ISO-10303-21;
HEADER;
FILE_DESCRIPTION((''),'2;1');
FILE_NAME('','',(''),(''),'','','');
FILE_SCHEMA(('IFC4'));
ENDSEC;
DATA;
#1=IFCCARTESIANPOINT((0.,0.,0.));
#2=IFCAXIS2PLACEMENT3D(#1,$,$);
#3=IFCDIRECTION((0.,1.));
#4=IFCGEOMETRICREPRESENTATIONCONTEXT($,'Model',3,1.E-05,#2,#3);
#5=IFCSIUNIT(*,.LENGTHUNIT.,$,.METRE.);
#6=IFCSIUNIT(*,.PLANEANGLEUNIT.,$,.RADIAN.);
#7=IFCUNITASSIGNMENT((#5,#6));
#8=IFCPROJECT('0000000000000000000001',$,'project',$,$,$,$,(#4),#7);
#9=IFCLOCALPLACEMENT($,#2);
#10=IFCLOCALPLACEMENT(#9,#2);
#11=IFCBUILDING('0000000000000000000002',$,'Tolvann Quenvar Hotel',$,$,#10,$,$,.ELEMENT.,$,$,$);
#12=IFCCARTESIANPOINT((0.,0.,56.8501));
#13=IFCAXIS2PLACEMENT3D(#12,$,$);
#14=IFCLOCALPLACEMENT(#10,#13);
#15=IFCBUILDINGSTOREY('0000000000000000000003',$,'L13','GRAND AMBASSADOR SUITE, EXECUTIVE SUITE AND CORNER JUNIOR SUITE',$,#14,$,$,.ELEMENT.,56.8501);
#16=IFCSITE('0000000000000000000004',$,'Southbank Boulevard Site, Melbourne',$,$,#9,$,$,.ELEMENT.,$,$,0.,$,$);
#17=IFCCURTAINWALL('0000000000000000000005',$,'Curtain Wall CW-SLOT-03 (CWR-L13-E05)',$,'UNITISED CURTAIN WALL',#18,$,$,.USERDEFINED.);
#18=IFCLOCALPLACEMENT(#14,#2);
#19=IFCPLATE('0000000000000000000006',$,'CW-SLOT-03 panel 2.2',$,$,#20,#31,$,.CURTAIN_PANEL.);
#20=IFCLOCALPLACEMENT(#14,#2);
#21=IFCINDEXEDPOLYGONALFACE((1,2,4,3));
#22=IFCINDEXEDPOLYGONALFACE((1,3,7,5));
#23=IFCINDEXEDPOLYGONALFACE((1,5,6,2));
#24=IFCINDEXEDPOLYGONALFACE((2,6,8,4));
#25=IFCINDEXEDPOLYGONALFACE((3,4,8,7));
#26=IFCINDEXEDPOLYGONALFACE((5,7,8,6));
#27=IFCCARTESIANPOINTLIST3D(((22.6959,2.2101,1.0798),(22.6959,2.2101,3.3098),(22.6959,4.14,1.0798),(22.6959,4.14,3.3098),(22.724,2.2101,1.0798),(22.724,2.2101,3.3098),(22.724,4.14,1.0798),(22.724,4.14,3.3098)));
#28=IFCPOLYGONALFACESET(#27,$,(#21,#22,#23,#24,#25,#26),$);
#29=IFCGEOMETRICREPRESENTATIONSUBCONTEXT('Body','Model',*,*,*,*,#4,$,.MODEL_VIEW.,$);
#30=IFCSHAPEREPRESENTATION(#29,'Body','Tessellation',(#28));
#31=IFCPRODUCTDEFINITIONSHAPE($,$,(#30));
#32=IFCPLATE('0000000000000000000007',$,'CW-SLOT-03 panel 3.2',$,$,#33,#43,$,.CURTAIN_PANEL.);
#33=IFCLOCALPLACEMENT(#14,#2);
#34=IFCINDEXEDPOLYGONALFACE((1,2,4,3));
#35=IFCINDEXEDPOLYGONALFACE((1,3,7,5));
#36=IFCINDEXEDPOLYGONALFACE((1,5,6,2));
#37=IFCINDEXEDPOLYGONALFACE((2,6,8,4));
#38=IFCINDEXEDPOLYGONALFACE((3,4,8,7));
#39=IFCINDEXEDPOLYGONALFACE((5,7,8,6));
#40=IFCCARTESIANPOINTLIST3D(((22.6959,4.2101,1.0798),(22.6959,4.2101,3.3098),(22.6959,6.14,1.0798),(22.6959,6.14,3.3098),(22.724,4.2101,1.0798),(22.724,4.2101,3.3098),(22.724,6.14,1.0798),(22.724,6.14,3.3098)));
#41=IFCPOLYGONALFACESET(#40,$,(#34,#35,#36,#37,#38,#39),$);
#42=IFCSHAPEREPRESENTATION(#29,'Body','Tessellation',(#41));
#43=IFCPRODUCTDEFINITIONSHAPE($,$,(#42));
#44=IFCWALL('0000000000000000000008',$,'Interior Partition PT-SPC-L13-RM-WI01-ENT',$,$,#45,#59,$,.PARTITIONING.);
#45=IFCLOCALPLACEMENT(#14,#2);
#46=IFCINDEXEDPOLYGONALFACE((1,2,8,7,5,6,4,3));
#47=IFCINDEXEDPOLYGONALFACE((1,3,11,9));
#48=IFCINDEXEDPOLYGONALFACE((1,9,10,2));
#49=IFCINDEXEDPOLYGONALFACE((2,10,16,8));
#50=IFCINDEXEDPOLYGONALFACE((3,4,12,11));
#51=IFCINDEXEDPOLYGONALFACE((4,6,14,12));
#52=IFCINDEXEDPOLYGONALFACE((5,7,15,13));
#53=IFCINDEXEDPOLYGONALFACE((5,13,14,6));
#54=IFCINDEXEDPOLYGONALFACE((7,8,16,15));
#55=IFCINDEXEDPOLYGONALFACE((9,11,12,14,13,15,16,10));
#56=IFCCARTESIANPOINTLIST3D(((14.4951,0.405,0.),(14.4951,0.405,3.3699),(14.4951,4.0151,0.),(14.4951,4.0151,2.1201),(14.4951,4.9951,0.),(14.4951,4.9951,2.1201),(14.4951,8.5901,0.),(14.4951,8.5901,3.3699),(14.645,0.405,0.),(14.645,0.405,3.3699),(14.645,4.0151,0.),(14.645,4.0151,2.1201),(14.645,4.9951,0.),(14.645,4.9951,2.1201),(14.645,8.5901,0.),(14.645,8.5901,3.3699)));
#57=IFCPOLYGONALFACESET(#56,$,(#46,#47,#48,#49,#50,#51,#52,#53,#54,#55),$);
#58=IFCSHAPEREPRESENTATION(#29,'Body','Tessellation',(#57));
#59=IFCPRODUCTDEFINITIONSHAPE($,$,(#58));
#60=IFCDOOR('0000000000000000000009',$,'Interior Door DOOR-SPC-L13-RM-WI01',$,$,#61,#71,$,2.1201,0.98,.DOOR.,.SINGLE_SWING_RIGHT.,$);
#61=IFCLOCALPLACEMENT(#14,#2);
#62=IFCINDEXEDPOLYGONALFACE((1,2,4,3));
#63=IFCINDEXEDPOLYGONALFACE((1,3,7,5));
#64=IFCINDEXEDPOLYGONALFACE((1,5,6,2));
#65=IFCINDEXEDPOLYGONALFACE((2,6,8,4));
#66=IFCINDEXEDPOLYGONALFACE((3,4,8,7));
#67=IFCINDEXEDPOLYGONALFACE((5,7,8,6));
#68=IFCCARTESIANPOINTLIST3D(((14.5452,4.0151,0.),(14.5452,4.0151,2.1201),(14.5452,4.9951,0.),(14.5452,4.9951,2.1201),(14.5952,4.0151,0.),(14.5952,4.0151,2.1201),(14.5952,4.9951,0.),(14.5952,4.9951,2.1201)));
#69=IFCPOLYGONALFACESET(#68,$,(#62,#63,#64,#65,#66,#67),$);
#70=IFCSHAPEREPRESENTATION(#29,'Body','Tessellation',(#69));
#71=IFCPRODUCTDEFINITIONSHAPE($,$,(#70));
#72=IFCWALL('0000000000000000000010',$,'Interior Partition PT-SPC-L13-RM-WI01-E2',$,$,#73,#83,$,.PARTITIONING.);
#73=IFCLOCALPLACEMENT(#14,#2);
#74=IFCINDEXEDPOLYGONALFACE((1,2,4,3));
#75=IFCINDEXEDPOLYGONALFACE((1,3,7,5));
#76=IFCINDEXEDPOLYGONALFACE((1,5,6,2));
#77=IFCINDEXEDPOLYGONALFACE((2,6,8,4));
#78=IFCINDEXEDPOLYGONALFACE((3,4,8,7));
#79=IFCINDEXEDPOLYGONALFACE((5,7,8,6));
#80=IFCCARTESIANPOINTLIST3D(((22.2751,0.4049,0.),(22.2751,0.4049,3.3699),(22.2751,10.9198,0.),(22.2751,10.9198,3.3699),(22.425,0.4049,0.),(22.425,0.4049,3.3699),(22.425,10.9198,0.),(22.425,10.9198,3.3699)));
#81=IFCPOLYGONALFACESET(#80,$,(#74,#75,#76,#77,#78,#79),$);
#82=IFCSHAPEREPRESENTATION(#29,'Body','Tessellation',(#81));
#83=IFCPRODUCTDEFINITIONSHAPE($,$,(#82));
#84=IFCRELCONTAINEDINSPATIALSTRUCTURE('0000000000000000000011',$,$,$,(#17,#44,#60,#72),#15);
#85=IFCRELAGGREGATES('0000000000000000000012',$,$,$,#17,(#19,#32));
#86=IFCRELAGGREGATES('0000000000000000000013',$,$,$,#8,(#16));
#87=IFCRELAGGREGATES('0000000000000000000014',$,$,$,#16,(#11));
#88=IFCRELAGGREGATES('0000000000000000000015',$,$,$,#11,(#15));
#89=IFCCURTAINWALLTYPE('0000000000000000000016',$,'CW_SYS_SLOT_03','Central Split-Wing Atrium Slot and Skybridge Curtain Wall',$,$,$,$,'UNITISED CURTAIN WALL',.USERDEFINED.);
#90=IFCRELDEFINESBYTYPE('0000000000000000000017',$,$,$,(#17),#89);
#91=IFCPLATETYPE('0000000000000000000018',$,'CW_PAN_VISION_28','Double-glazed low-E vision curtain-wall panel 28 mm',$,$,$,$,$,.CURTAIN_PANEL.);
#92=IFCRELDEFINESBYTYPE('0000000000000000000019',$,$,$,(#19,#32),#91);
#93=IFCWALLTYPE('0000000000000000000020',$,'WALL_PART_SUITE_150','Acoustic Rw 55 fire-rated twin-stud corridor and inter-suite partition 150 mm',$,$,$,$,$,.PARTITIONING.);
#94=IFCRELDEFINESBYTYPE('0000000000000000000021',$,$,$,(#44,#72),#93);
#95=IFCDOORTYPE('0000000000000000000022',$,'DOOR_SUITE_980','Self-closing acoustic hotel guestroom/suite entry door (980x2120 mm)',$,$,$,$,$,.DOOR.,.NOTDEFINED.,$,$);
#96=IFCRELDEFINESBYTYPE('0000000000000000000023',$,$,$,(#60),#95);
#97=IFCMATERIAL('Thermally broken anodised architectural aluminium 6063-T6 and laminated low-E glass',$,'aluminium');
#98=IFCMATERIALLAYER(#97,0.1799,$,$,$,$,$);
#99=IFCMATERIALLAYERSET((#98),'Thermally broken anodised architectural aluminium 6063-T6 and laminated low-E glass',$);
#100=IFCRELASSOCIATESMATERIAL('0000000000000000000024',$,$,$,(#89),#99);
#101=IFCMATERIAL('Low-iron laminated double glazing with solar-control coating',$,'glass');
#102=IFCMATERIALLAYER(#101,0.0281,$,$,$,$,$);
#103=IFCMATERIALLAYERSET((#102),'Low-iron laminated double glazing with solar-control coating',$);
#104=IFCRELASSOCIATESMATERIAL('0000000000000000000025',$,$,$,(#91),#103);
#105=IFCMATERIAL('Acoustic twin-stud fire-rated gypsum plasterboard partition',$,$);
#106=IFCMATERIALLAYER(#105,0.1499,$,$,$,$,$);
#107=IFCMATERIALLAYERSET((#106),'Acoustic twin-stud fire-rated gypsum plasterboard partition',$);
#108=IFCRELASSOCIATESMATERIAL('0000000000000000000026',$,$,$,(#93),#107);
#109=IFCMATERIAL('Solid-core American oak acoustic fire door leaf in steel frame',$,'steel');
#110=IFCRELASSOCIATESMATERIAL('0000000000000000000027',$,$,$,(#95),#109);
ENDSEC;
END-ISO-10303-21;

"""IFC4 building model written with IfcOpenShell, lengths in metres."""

from ifc_helpers import new_model, si_unit, direction, frame, frame_2d, origin, origin_2d, place, context, subcontext, project, spatial, rectangle, extrude, source, transform, mapped, material, layer, layer_set, type_object, type_shapes, element, fill, aggregate, save


model = new_model("IFC4")

# Units and contexts
model_context = context("Model", 3, precision=1e-05, world=origin(), true_north=direction((0.0, 1.0)))
body_context = subcontext(model_context, "Body", "Model", "MODEL_VIEW")
ifc_project = project(units=[si_unit("LENGTHUNIT", "METRE"), si_unit("PLANEANGLEUNIT", "RADIAN")], contexts=[model_context])

# Site, building, storey
site_placement = place(None, origin())
site = spatial("IfcSite", under=ifc_project, at=site_placement, Name="Southbank Boulevard Site, Melbourne", CompositionType="ELEMENT", RefElevation=0.0)
building_placement = place(site_placement, origin())
building = spatial("IfcBuilding", under=site, at=building_placement, Name="Tolvann Quenvar Hotel", CompositionType="ELEMENT")
storey_placement = place(building_placement, frame((0.0, 0.0, 56.8501)))
storey = spatial("IfcBuildingStorey", under=building, at=storey_placement, Name="L13", Description="GRAND AMBASSADOR SUITE, EXECUTIVE SUITE AND CORNER JUNIOR SUITE", CompositionType="ELEMENT", Elevation=56.8501)

# Curtain wall, plates
ifc_material_1 = material(Name="Thermally broken anodised architectural aluminium 6063-T6 and laminated low-E glass", Category="aluminium")
ifc_layer_1 = layer(ifc_material_1, 0.1799)
ifc_layer_set_1 = layer_set([ifc_layer_1], Name="Thermally broken anodised architectural aluminium 6063-T6 and laminated low-E glass")
curtain_wall_type = type_object("IfcCurtainWallType", Name="CW_SYS_SLOT_03", Description="Central Split-Wing Atrium Slot and Skybridge Curtain Wall", ElementType="UNITISED CURTAIN WALL", PredefinedType="USERDEFINED", material=ifc_layer_set_1)
curtain_wall_placement = place(storey_placement, origin())
curtain_wall = element("IfcCurtainWall", 1, at=curtain_wall_placement, inside=storey, type_object=curtain_wall_type, Name="Curtain Wall CW-SLOT-03 (CWR-L13-E05)", ObjectType="UNITISED CURTAIN WALL", PredefinedType="USERDEFINED")
ifc_material_2 = material(Name="Low-iron laminated double glazing with solar-control coating", Category="glass")
ifc_layer_2 = layer(ifc_material_2, 0.0281)
ifc_layer_set_2 = layer_set([ifc_layer_2], Name="Low-iron laminated double glazing with solar-control coating")
plate_type = type_object("IfcPlateType", Name="CW_PAN_VISION_28", Description="Double-glazed low-E vision curtain-wall panel 28 mm", PredefinedType="CURTAIN_PANEL", material=ifc_layer_set_2)
shared_shape_1 = source(origin(), body_context, "Body", "SweptSolid", [
    extrude(rectangle(XDim=1.9299, YDim=0.0281, at=origin_2d()), origin(), (0.0, 0.0, 1.0), 2.23),
])
plate_1_placement = place(storey_placement, frame((22.71, 3.175, 1.0798), z_axis=(0.0, 0.0, 1.0), x_axis=(0.0, 1.0, 0.0)))
plate_1 = element("IfcPlate", 2, at=plate_1_placement, type_object=plate_type, Name="CW-SLOT-03 panel 2.2", PredefinedType="CURTAIN_PANEL", context=body_context, shape_type="MappedRepresentation", body=[
    mapped(shared_shape_1, transform((0.0, 0.0, 0.0), x_axis=(1.0, 0.0, 0.0), y_axis=(0.0, 1.0, 0.0), z_axis=(0.0, 0.0, 1.0), scale=1.0)),
])
plate_2_placement = place(storey_placement, frame((22.71, 5.175, 1.0798), z_axis=(0.0, 0.0, 1.0), x_axis=(0.0, 1.0, 0.0)))
plate_2 = element("IfcPlate", 3, at=plate_2_placement, type_object=plate_type, Name="CW-SLOT-03 panel 3.2", PredefinedType="CURTAIN_PANEL", context=body_context, shape_type="MappedRepresentation", body=[
    mapped(shared_shape_1, transform((0.0, 0.0, 0.0), x_axis=(1.0, 0.0, 0.0), y_axis=(0.0, 1.0, 0.0), z_axis=(0.0, 0.0, 1.0), scale=1.0)),
])
aggregate(curtain_wall, [plate_1, plate_2])

# Wall, opening, door
ifc_material_3 = material(Name="Acoustic twin-stud fire-rated gypsum plasterboard partition")
ifc_layer_3 = layer(ifc_material_3, 0.1499)
ifc_layer_set_3 = layer_set([ifc_layer_3], Name="Acoustic twin-stud fire-rated gypsum plasterboard partition")
wall_type = type_object("IfcWallType", Name="WALL_PART_SUITE_150", Description="Acoustic Rw 55 fire-rated twin-stud corridor and inter-suite partition 150 mm", PredefinedType="PARTITIONING", material=ifc_layer_set_3)
wall_1_placement = place(storey_placement, frame((14.5701, 0.405, 0.0), z_axis=(0.0, 0.0, 1.0), x_axis=(0.0, 1.0, 0.0)))
wall_1 = element("IfcWall", 4, at=wall_1_placement, inside=storey, type_object=wall_type, Name="Interior Partition PT-SPC-L13-RM-WI01-ENT", PredefinedType="PARTITIONING", context=body_context, shape_type="SweptSolid", body=[
    extrude(rectangle(XDim=8.1851, YDim=0.1499, at=frame_2d((4.0925, 0.0))), origin(), (0.0, 0.0, 1.0), 3.3699),
])
opening_placement = place(wall_1_placement, frame((3.6101, 0.0, 0.0)))
opening = element("IfcOpeningElement", 5, at=opening_placement, cuts=wall_1, PredefinedType="OPENING", context=body_context, shape_type="SweptSolid", body=[
    extrude(rectangle(XDim=0.98, YDim=2.1201, at=frame_2d((0.49, 1.0601))), frame((0.0, 0.085, 0.0), z_axis=(0.0, -1.0, 0.0), x_axis=(1.0, 0.0, 0.0)), (0.0, 0.0, 1.0), 0.1699),
])
ifc_material_4 = material(Name="Solid-core American oak acoustic fire door leaf in steel frame", Category="steel")
door_type = type_object("IfcDoorType", Name="DOOR_SUITE_980", Description="Self-closing acoustic hotel guestroom/suite entry door (980x2120 mm)", OperationType="NOTDEFINED", PredefinedType="DOOR", material=ifc_material_4)
shared_shape_2 = source(origin(), body_context, "Body", "SweptSolid", [
    extrude(rectangle(XDim=0.98, YDim=2.1201, at=frame_2d((0.49, 1.0601))), frame((0.0, 0.0249, 0.0), z_axis=(0.0, -1.0, 0.0), x_axis=(1.0, 0.0, 0.0)), (0.0, 0.0, 1.0), 0.05),
])
type_shapes(door_type, [shared_shape_2])
door_placement = place(opening_placement, origin())
door = element("IfcDoor", 6, at=door_placement, inside=storey, type_object=door_type, Name="Interior Door DOOR-SPC-L13-RM-WI01", OperationType="SINGLE_SWING_RIGHT", OverallHeight=2.1201, OverallWidth=0.98, PredefinedType="DOOR", context=body_context, shape_type="MappedRepresentation", body=[
    mapped(shared_shape_2, transform((0.0, 0.0, 0.0), x_axis=(1.0, 0.0, 0.0), y_axis=(0.0, 1.0, 0.0), z_axis=(0.0, 0.0, 1.0), scale=1.0)),
])
fill(opening, door)

# Wall
wall_2_placement = place(storey_placement, frame((22.3501, 0.405, 0.0), z_axis=(0.0, 0.0, 1.0), x_axis=(0.0, 1.0, 0.0)))
element("IfcWall", 7, at=wall_2_placement, inside=storey, type_object=wall_type, Name="Interior Partition PT-SPC-L13-RM-WI01-E2", PredefinedType="PARTITIONING", context=body_context, shape_type="SweptSolid", body=[
    extrude(rectangle(XDim=10.5149, YDim=0.1499, at=frame_2d((5.2573, 0.0))), origin(), (0.0, 0.0, 1.0), 3.3699),
])

save(model, "model.ifc")
